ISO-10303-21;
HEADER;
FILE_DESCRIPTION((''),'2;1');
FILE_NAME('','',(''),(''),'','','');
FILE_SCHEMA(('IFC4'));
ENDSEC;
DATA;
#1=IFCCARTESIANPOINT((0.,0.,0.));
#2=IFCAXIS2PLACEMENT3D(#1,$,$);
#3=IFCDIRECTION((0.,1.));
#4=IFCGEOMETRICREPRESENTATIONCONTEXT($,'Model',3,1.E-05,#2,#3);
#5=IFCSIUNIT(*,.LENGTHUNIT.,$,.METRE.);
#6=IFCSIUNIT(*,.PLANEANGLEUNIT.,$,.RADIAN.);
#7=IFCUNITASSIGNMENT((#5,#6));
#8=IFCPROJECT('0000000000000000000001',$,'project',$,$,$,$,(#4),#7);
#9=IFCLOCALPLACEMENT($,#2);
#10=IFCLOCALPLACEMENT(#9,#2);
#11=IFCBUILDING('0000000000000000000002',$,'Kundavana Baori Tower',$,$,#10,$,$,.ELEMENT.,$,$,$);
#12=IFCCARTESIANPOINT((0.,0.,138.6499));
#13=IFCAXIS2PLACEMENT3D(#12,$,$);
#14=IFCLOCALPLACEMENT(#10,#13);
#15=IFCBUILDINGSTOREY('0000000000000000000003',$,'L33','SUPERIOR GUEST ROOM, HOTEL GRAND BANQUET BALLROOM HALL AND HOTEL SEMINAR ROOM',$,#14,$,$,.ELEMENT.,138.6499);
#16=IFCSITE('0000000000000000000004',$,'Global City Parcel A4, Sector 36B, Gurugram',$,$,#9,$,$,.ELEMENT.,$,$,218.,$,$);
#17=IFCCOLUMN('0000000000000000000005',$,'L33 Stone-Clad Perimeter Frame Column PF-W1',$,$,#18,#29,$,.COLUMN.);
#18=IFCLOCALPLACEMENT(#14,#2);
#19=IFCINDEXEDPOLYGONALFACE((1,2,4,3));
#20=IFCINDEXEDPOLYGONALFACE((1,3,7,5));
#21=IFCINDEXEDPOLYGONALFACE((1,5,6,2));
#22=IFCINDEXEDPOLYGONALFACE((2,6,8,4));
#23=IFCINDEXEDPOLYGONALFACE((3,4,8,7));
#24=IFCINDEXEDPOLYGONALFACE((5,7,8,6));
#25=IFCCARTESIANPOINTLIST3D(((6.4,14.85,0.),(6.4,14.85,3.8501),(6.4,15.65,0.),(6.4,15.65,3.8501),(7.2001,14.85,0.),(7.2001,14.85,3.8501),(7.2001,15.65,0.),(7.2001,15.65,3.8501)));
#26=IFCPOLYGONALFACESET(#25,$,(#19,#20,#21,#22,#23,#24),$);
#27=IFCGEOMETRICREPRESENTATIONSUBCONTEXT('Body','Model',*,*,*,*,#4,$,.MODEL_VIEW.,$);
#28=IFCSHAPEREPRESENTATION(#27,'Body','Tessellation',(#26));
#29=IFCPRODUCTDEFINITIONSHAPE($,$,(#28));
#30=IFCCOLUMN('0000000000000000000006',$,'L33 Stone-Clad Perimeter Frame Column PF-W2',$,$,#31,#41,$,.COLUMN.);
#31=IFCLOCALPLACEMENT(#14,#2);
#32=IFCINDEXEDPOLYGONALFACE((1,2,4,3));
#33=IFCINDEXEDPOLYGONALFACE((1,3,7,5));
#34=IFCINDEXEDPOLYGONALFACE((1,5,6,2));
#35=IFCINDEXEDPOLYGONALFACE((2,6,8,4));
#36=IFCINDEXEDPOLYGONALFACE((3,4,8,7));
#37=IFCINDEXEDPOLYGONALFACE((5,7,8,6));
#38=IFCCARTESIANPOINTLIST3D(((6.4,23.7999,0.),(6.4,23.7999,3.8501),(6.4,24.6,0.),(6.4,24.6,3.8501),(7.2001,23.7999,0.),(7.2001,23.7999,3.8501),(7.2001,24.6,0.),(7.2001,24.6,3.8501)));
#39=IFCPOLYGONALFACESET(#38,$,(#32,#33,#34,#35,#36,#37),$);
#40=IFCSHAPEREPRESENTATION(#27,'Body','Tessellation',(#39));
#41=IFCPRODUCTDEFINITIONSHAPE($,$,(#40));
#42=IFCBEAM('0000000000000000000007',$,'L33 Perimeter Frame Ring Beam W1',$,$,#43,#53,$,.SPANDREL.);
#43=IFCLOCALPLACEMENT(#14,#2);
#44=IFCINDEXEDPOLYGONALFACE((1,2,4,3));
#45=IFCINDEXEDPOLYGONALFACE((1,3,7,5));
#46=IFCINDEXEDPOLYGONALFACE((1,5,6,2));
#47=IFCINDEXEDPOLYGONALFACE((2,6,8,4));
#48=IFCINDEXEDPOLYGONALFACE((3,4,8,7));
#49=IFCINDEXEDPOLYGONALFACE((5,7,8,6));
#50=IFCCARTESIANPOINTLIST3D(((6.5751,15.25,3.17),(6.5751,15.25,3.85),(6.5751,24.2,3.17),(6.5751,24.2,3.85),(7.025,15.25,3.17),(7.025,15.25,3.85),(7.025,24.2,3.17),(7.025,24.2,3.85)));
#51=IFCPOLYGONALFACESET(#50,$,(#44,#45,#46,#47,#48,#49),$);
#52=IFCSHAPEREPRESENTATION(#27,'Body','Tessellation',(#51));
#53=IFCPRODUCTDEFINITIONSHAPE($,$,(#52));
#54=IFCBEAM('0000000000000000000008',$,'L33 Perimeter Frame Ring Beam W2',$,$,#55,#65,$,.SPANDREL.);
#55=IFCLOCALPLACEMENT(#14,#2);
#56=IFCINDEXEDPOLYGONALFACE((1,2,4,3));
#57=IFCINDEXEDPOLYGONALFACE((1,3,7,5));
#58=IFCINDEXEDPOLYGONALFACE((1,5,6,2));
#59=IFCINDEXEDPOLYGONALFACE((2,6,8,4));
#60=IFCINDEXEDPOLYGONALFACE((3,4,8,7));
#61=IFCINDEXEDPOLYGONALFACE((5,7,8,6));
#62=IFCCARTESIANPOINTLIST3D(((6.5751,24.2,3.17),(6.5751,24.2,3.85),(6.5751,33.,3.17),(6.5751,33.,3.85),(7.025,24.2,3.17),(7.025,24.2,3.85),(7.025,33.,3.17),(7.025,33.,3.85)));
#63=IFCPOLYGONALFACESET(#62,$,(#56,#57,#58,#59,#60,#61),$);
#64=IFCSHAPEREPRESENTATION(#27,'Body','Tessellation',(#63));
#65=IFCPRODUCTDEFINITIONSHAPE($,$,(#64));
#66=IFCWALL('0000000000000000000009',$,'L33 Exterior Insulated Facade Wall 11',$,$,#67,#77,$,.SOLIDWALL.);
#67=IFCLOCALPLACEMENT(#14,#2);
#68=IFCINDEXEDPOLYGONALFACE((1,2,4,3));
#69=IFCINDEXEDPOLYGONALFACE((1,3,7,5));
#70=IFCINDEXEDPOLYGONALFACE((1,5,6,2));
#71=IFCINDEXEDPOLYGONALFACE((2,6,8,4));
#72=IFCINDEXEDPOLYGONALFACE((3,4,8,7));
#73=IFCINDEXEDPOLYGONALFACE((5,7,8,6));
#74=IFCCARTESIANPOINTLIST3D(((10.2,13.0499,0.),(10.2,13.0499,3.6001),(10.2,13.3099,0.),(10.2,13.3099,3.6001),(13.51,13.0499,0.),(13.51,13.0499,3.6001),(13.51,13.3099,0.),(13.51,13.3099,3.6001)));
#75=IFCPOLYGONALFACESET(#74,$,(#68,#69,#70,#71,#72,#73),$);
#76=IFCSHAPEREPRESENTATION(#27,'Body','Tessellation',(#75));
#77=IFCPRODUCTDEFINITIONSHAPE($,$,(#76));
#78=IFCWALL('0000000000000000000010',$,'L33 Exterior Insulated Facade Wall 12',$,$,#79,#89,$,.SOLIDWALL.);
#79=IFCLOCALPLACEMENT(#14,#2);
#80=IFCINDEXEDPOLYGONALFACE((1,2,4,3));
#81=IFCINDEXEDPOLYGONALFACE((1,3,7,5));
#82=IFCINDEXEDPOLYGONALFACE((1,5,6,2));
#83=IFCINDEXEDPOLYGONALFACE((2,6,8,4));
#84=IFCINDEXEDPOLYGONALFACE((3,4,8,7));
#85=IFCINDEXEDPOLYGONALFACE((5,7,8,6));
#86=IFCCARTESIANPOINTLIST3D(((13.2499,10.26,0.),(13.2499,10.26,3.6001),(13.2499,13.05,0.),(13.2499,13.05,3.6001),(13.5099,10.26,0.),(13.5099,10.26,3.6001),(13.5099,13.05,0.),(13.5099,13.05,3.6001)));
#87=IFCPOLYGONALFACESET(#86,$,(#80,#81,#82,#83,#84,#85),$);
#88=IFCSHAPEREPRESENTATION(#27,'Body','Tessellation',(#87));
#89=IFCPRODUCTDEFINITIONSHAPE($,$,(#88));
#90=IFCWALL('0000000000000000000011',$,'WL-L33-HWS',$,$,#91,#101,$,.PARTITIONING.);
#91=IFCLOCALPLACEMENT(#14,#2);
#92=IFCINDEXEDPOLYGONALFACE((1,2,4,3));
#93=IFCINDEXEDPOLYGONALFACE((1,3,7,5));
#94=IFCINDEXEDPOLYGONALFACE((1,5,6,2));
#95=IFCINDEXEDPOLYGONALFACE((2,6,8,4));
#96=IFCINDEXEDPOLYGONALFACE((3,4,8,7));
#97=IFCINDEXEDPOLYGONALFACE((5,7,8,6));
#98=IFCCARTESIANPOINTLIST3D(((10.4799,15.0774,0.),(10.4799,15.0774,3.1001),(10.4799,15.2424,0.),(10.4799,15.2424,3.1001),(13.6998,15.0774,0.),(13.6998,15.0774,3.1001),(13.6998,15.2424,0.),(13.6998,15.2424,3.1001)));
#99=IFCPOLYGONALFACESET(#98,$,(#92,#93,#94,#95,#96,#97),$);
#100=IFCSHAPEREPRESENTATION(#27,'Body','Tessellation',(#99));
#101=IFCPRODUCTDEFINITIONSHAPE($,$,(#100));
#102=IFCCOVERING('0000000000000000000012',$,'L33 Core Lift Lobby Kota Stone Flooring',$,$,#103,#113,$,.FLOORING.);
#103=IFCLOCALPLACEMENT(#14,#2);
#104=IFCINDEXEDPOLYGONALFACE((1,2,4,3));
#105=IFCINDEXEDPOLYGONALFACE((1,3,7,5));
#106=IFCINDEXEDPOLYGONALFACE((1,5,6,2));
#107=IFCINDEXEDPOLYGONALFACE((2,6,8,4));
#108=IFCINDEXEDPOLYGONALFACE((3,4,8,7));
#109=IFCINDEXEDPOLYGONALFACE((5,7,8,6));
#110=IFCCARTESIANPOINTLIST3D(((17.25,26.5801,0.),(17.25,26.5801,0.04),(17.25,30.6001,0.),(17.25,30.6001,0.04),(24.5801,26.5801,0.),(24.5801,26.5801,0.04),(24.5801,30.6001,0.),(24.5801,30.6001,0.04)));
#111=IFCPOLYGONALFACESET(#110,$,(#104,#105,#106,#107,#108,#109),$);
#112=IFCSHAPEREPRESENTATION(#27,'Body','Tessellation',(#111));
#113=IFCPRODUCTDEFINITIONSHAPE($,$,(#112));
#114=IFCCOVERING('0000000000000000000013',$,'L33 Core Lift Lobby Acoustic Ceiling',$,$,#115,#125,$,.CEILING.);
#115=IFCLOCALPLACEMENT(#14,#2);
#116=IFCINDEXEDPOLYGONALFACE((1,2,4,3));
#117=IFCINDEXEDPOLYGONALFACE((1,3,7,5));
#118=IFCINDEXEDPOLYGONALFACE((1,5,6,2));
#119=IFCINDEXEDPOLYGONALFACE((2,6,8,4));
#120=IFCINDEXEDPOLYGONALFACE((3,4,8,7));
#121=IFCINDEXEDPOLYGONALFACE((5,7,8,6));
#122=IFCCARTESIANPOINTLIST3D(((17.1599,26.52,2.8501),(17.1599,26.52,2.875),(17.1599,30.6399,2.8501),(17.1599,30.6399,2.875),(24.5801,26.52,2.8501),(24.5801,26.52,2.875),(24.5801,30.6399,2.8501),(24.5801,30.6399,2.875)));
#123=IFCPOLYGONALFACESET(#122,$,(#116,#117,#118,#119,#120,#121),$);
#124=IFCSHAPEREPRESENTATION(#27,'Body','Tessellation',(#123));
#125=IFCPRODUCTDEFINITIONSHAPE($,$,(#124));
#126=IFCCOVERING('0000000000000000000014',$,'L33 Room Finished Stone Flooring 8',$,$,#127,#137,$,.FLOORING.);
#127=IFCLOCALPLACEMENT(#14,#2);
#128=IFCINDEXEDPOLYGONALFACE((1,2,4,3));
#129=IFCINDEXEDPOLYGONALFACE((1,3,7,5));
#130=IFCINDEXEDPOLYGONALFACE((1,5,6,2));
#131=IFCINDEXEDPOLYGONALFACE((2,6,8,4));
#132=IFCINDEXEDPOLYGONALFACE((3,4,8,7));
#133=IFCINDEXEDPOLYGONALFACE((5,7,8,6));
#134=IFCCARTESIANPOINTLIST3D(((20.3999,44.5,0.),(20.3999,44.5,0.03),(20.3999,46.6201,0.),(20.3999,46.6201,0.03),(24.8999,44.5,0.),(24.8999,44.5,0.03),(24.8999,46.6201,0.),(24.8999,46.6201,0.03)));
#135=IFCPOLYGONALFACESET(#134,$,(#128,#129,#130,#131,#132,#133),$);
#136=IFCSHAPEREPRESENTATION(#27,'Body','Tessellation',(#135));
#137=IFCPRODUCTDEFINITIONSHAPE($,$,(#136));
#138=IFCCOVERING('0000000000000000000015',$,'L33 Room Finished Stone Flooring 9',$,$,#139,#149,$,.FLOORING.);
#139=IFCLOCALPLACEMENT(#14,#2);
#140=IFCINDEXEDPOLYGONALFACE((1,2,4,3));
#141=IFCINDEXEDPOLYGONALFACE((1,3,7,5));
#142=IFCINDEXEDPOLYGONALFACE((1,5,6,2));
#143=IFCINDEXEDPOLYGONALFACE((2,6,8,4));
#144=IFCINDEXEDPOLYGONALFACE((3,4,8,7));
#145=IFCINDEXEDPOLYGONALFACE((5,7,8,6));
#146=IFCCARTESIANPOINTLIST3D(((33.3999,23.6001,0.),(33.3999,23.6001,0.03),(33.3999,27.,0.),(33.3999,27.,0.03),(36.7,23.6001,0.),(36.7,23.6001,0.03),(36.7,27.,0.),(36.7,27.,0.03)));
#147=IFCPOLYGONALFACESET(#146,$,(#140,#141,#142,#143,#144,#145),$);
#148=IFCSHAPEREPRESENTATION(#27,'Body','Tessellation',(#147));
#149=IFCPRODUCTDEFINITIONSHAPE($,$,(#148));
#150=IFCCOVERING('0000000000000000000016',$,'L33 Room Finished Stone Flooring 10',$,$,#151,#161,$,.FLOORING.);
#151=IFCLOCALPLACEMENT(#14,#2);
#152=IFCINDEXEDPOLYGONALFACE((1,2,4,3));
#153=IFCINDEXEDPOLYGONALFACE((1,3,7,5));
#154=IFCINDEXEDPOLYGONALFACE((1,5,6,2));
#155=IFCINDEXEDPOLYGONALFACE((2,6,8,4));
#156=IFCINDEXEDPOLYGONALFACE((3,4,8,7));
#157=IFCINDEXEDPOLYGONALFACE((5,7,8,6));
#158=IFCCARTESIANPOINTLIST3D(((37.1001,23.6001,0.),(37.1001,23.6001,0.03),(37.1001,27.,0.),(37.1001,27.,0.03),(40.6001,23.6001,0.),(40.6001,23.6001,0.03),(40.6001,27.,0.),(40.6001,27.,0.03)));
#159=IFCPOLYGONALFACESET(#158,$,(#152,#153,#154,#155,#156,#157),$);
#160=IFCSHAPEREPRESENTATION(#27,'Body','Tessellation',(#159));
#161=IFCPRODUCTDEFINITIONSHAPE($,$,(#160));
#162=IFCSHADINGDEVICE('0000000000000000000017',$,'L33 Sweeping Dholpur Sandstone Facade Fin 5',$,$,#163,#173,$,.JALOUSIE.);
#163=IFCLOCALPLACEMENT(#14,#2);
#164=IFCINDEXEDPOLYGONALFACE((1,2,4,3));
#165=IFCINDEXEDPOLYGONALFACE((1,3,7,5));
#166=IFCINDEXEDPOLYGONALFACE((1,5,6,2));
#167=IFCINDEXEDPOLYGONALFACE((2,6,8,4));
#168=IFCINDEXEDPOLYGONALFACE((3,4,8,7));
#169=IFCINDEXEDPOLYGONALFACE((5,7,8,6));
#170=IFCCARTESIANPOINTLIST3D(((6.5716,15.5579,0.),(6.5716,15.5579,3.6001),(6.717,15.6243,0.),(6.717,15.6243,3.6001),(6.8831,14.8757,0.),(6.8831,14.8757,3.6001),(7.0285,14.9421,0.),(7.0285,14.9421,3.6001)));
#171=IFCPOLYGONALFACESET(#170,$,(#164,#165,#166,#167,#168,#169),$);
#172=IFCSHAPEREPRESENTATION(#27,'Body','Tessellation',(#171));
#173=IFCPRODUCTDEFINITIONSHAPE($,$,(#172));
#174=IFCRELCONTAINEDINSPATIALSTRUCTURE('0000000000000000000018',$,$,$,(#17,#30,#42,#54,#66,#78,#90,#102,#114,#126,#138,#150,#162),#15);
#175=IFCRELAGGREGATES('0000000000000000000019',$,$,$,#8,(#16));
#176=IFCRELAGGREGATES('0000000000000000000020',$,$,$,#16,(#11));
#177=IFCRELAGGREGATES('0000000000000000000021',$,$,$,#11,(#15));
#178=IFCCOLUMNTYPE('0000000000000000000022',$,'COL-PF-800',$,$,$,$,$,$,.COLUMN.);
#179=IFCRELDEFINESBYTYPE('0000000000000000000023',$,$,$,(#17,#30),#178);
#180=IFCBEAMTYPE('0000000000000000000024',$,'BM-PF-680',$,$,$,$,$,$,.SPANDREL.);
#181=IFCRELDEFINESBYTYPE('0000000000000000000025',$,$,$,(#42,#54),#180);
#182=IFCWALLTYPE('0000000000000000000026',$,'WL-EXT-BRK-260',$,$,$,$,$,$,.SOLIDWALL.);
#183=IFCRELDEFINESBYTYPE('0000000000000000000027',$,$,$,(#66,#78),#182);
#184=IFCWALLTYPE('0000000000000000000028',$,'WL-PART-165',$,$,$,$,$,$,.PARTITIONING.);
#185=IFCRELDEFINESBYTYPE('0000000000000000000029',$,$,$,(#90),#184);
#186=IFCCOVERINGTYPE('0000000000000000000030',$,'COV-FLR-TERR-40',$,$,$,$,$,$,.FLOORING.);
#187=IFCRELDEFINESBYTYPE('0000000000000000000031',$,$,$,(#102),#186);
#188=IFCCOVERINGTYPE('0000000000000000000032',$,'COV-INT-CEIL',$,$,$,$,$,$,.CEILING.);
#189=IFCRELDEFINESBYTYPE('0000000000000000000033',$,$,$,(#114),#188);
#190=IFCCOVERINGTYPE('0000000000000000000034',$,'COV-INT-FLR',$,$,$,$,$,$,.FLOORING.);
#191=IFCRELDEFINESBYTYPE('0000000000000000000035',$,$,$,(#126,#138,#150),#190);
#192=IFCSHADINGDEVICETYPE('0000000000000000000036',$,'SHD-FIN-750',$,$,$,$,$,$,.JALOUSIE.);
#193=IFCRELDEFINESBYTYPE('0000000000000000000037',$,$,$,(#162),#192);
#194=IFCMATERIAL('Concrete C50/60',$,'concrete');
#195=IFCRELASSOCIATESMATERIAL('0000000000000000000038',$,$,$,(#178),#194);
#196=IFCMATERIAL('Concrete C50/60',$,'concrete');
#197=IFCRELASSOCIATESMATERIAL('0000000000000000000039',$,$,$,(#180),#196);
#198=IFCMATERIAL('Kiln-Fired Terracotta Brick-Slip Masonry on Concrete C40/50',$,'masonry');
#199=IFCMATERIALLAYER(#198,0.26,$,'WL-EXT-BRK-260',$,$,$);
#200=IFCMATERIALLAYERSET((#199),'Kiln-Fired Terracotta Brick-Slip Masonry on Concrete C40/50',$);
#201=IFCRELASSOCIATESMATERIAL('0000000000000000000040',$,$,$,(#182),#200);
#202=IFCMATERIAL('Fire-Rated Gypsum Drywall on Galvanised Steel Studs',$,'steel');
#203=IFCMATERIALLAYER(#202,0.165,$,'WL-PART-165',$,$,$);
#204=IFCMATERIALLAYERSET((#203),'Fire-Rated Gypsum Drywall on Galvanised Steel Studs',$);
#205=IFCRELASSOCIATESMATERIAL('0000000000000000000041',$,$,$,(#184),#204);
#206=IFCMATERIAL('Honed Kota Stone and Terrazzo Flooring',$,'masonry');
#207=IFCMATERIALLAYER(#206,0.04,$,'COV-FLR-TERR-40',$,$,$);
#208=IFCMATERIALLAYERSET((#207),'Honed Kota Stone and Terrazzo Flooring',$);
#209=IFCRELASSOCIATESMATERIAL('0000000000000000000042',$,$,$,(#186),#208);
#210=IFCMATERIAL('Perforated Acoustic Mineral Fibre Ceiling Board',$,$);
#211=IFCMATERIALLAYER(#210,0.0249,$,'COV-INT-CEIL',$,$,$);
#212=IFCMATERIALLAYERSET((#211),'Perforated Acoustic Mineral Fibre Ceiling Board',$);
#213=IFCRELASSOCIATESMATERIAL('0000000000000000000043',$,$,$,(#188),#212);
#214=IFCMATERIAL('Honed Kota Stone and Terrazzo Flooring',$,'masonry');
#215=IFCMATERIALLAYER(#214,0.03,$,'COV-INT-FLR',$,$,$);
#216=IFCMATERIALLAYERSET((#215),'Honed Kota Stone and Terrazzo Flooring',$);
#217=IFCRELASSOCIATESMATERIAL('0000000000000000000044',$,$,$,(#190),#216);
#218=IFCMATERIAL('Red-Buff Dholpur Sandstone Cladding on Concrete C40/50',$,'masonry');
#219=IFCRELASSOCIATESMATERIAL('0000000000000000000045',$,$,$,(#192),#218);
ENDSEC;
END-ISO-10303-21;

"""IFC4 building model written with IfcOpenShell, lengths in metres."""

from ifc_helpers import new_model, si_unit, direction, frame, frame_2d, origin, origin_2d, place, context, subcontext, project, spatial, polyline, rectangle, outline, extrude, material, layer, layer_set, material_profile, profile_set, type_object, element, save


model = new_model("IFC4")

# Units and contexts
model_context = context("Model", 3, precision=1e-05, world=origin(), true_north=direction((0.0, 1.0)))
body_context = subcontext(model_context, "Body", "Model", "MODEL_VIEW")
ifc_project = project(units=[si_unit("LENGTHUNIT", "METRE"), si_unit("PLANEANGLEUNIT", "RADIAN")], contexts=[model_context])

# Site, building, storey
site_placement = place(None, origin())
site = spatial("IfcSite", under=ifc_project, at=site_placement, Name="Global City Parcel A4, Sector 36B, Gurugram", CompositionType="ELEMENT", RefElevation=218.0)
building_placement = place(site_placement, origin())
building = spatial("IfcBuilding", under=site, at=building_placement, Name="Kundavana Baori Tower", CompositionType="ELEMENT")
storey_placement = place(building_placement, frame((0.0, 0.0, 138.6499)))
storey = spatial("IfcBuildingStorey", under=building, at=storey_placement, Name="L33", Description="SUPERIOR GUEST ROOM, HOTEL GRAND BANQUET BALLROOM HALL AND HOTEL SEMINAR ROOM", CompositionType="ELEMENT", Elevation=138.6499)

# Columns
ifc_material_1 = material(Name="Concrete C50/60", Category="concrete")
ifc_material_profile_1 = material_profile(ifc_material_1, rectangle(XDim=0.8, YDim=0.8, at=origin_2d()), Name="RC PF 800x800")
ifc_profile_set_1 = profile_set([ifc_material_profile_1], Name="Concrete C50/60")
column_type = type_object("IfcColumnType", Name="COL-PF-800", PredefinedType="COLUMN", material=ifc_profile_set_1)
for number, where, z_axis, x_axis, name in (
    (1, (6.8, 15.25, 0.0), (0.0, 0.0, 1.0), (1.0, 0.0, 0.0), "L33 Stone-Clad Perimeter Frame Column PF-W1"),
    (2, (6.8, 24.2, 0.0), (0.0, 0.0, 1.0), (1.0, 0.0, 0.0), "L33 Stone-Clad Perimeter Frame Column PF-W2"),
):
    element("IfcColumn", number, at=place(storey_placement, frame(where, z_axis=z_axis, x_axis=x_axis)), inside=storey, type_object=column_type, Name=name, PredefinedType="COLUMN", context=body_context, shape_type="SweptSolid", body=[
        extrude(rectangle(XDim=0.8, YDim=0.8, at=origin_2d()), origin(), (0.0, 0.0, 1.0), 3.8501),
    ])

# Beams
ifc_material_2 = material(Name="Concrete C50/60", Category="concrete")
ifc_material_profile_2 = material_profile(ifc_material_2, rectangle(XDim=0.45, YDim=0.6799, at=origin_2d()), Name="RC BM 450x680")
ifc_profile_set_2 = profile_set([ifc_material_profile_2], Name="Concrete C50/60")
beam_type = type_object("IfcBeamType", Name="BM-PF-680", PredefinedType="SPANDREL", material=ifc_profile_set_2)
beam_1_placement = place(storey_placement, frame((6.8, 15.25, 3.51), z_axis=(0.0, 1.0, 0.0), x_axis=(-1.0, 0.0, 0.0)))
element("IfcBeam", 3, at=beam_1_placement, inside=storey, type_object=beam_type, Name="L33 Perimeter Frame Ring Beam W1", PredefinedType="SPANDREL", context=body_context, shape_type="SweptSolid", body=[
    extrude(rectangle(XDim=0.45, YDim=0.6799, at=origin_2d()), origin(), (0.0, 0.0, 1.0), 8.95),
])
beam_2_placement = place(storey_placement, frame((6.8, 24.2, 3.51), z_axis=(0.0, 1.0, 0.0), x_axis=(-1.0, 0.0, 0.0)))
element("IfcBeam", 4, at=beam_2_placement, inside=storey, type_object=beam_type, Name="L33 Perimeter Frame Ring Beam W2", PredefinedType="SPANDREL", context=body_context, shape_type="SweptSolid", body=[
    extrude(rectangle(XDim=0.45, YDim=0.6799, at=origin_2d()), origin(), (0.0, 0.0, 1.0), 8.8),
])

# Shared definitions
ifc_material_3 = material(Name="Kiln-Fired Terracotta Brick-Slip Masonry on Concrete C40/50", Category="masonry")
ifc_layer_1 = layer(ifc_material_3, 0.26, Name="WL-EXT-BRK-260")
ifc_layer_set_1 = layer_set([ifc_layer_1], Name="Kiln-Fired Terracotta Brick-Slip Masonry on Concrete C40/50")
wall_type_1 = type_object("IfcWallType", Name="WL-EXT-BRK-260", PredefinedType="SOLIDWALL", material=ifc_layer_set_1)

# Walls
wall_1_placement = place(storey_placement, frame((10.2, 13.1799, 0.0), z_axis=(0.0, 0.0, 1.0), x_axis=(1.0, 0.0, 0.0)))
element("IfcWall", 5, at=wall_1_placement, inside=storey, type_object=wall_type_1, Name="L33 Exterior Insulated Facade Wall 11", PredefinedType="SOLIDWALL", context=body_context, shape_type="SweptSolid", body=[
    extrude(rectangle(XDim=3.3101, YDim=0.26, at=frame_2d((1.655, 0.0))), origin(), (0.0, 0.0, 1.0), 3.6001),
])
wall_2_placement = place(storey_placement, frame((13.3799, 13.05, 0.0), z_axis=(0.0, 0.0, 1.0), x_axis=(0.0, -1.0, 0.0)))
element("IfcWall", 6, at=wall_2_placement, inside=storey, type_object=wall_type_1, Name="L33 Exterior Insulated Facade Wall 12", PredefinedType="SOLIDWALL", context=body_context, shape_type="SweptSolid", body=[
    extrude(rectangle(XDim=2.79, YDim=0.26, at=frame_2d((1.395, 0.0))), origin(), (0.0, 0.0, 1.0), 3.6001),
])
ifc_material_4 = material(Name="Fire-Rated Gypsum Drywall on Galvanised Steel Studs", Category="steel")
ifc_layer_2 = layer(ifc_material_4, 0.165, Name="WL-PART-165")
ifc_layer_set_2 = layer_set([ifc_layer_2], Name="Fire-Rated Gypsum Drywall on Galvanised Steel Studs")
wall_type_2 = type_object("IfcWallType", Name="WL-PART-165", PredefinedType="PARTITIONING", material=ifc_layer_set_2)
wall_3_placement = place(storey_placement, frame((10.48, 15.1599, 0.0), z_axis=(0.0, 0.0, 1.0), x_axis=(1.0, 0.0, 0.0)))
element("IfcWall", 7, at=wall_3_placement, inside=storey, type_object=wall_type_2, Name="WL-L33-HWS", PredefinedType="PARTITIONING", context=body_context, shape_type="SweptSolid", body=[
    extrude(rectangle(XDim=3.22, YDim=0.165, at=frame_2d((1.6099, 0.0))), origin(), (0.0, 0.0, 1.0), 3.1001),
])

# Coverings
ifc_material_5 = material(Name="Honed Kota Stone and Terrazzo Flooring", Category="masonry")
ifc_layer_3 = layer(ifc_material_5, 0.04, Name="COV-FLR-TERR-40")
ifc_layer_set_3 = layer_set([ifc_layer_3], Name="Honed Kota Stone and Terrazzo Flooring")
covering_type_1 = type_object("IfcCoveringType", Name="COV-FLR-TERR-40", PredefinedType="FLOORING", material=ifc_layer_set_3)
covering_1_placement = place(storey_placement, origin())
element("IfcCovering", 8, at=covering_1_placement, inside=storey, type_object=covering_type_1, Name="L33 Core Lift Lobby Kota Stone Flooring", PredefinedType="FLOORING", context=body_context, shape_type="SweptSolid", body=[
    extrude(outline(polyline([(17.25, 26.5801), (24.5801, 26.5801), (24.5801, 30.6001), (17.25, 30.6001), (17.25, 26.5801)])), origin(), (0.0, 0.0, 1.0), 0.04),
])
ifc_material_6 = material(Name="Perforated Acoustic Mineral Fibre Ceiling Board")
ifc_layer_4 = layer(ifc_material_6, 0.0249, Name="COV-INT-CEIL")
ifc_layer_set_4 = layer_set([ifc_layer_4], Name="Perforated Acoustic Mineral Fibre Ceiling Board")
covering_type_2 = type_object("IfcCoveringType", Name="COV-INT-CEIL", PredefinedType="CEILING", material=ifc_layer_set_4)
covering_2_placement = place(storey_placement, frame((0.0, 0.0, 2.8501)))
element("IfcCovering", 9, at=covering_2_placement, inside=storey, type_object=covering_type_2, Name="L33 Core Lift Lobby Acoustic Ceiling", PredefinedType="CEILING", context=body_context, shape_type="SweptSolid", body=[
    extrude(outline(polyline([(17.1599, 26.52), (24.5801, 26.52), (24.5801, 30.6399), (17.1599, 30.6399), (17.1599, 26.52)])), origin(), (0.0, 0.0, 1.0), 0.0249),
])
ifc_material_7 = material(Name="Honed Kota Stone and Terrazzo Flooring", Category="masonry")
ifc_layer_5 = layer(ifc_material_7, 0.03, Name="COV-INT-FLR")
ifc_layer_set_5 = layer_set([ifc_layer_5], Name="Honed Kota Stone and Terrazzo Flooring")
covering_type_3 = type_object("IfcCoveringType", Name="COV-INT-FLR", PredefinedType="FLOORING", material=ifc_layer_set_5)
covering_3_placement = place(storey_placement, origin())
element("IfcCovering", 10, at=covering_3_placement, inside=storey, type_object=covering_type_3, Name="L33 Room Finished Stone Flooring 8", PredefinedType="FLOORING", context=body_context, shape_type="SweptSolid", body=[
    extrude(outline(polyline([(20.3999, 44.5), (24.8999, 44.5), (24.8999, 46.6201), (20.3999, 46.6201), (20.3999, 44.5)])), origin(), (0.0, 0.0, 1.0), 0.03),
])
covering_4_placement = place(storey_placement, origin())
element("IfcCovering", 11, at=covering_4_placement, inside=storey, type_object=covering_type_3, Name="L33 Room Finished Stone Flooring 9", PredefinedType="FLOORING", context=body_context, shape_type="SweptSolid", body=[
    extrude(outline(polyline([(33.3999, 23.6001), (36.7, 23.6001), (36.7, 27.0), (33.3999, 27.0), (33.3999, 23.6001)])), origin(), (0.0, 0.0, 1.0), 0.03),
])
covering_5_placement = place(storey_placement, origin())
element("IfcCovering", 12, at=covering_5_placement, inside=storey, type_object=covering_type_3, Name="L33 Room Finished Stone Flooring 10", PredefinedType="FLOORING", context=body_context, shape_type="SweptSolid", body=[
    extrude(outline(polyline([(37.1001, 23.6001), (40.6001, 23.6001), (40.6001, 27.0), (37.1001, 27.0), (37.1001, 23.6001)])), origin(), (0.0, 0.0, 1.0), 0.03),
])

# Shading device
ifc_material_8 = material(Name="Red-Buff Dholpur Sandstone Cladding on Concrete C40/50", Category="masonry")
shading_device_type = type_object("IfcShadingDeviceType", Name="SHD-FIN-750", PredefinedType="JALOUSIE", material=ifc_material_8)
shading_device_placement = place(storey_placement, frame((6.8, 15.25, 0.0), z_axis=(0.0, 0.0, 1.0), x_axis=(0.909672, 0.415328, 0.0)))
element("IfcShadingDevice", 13, at=shading_device_placement, inside=storey, type_object=shading_device_type, Name="L33 Sweeping Dholpur Sandstone Facade Fin 5", PredefinedType="JALOUSIE", context=body_context, shape_type="SweptSolid", body=[
    extrude(rectangle(XDim=0.1599, YDim=0.75, at=origin_2d()), origin(), (0.0, 0.0, 1.0), 3.6001),
])

save(model, "model.ifc")
